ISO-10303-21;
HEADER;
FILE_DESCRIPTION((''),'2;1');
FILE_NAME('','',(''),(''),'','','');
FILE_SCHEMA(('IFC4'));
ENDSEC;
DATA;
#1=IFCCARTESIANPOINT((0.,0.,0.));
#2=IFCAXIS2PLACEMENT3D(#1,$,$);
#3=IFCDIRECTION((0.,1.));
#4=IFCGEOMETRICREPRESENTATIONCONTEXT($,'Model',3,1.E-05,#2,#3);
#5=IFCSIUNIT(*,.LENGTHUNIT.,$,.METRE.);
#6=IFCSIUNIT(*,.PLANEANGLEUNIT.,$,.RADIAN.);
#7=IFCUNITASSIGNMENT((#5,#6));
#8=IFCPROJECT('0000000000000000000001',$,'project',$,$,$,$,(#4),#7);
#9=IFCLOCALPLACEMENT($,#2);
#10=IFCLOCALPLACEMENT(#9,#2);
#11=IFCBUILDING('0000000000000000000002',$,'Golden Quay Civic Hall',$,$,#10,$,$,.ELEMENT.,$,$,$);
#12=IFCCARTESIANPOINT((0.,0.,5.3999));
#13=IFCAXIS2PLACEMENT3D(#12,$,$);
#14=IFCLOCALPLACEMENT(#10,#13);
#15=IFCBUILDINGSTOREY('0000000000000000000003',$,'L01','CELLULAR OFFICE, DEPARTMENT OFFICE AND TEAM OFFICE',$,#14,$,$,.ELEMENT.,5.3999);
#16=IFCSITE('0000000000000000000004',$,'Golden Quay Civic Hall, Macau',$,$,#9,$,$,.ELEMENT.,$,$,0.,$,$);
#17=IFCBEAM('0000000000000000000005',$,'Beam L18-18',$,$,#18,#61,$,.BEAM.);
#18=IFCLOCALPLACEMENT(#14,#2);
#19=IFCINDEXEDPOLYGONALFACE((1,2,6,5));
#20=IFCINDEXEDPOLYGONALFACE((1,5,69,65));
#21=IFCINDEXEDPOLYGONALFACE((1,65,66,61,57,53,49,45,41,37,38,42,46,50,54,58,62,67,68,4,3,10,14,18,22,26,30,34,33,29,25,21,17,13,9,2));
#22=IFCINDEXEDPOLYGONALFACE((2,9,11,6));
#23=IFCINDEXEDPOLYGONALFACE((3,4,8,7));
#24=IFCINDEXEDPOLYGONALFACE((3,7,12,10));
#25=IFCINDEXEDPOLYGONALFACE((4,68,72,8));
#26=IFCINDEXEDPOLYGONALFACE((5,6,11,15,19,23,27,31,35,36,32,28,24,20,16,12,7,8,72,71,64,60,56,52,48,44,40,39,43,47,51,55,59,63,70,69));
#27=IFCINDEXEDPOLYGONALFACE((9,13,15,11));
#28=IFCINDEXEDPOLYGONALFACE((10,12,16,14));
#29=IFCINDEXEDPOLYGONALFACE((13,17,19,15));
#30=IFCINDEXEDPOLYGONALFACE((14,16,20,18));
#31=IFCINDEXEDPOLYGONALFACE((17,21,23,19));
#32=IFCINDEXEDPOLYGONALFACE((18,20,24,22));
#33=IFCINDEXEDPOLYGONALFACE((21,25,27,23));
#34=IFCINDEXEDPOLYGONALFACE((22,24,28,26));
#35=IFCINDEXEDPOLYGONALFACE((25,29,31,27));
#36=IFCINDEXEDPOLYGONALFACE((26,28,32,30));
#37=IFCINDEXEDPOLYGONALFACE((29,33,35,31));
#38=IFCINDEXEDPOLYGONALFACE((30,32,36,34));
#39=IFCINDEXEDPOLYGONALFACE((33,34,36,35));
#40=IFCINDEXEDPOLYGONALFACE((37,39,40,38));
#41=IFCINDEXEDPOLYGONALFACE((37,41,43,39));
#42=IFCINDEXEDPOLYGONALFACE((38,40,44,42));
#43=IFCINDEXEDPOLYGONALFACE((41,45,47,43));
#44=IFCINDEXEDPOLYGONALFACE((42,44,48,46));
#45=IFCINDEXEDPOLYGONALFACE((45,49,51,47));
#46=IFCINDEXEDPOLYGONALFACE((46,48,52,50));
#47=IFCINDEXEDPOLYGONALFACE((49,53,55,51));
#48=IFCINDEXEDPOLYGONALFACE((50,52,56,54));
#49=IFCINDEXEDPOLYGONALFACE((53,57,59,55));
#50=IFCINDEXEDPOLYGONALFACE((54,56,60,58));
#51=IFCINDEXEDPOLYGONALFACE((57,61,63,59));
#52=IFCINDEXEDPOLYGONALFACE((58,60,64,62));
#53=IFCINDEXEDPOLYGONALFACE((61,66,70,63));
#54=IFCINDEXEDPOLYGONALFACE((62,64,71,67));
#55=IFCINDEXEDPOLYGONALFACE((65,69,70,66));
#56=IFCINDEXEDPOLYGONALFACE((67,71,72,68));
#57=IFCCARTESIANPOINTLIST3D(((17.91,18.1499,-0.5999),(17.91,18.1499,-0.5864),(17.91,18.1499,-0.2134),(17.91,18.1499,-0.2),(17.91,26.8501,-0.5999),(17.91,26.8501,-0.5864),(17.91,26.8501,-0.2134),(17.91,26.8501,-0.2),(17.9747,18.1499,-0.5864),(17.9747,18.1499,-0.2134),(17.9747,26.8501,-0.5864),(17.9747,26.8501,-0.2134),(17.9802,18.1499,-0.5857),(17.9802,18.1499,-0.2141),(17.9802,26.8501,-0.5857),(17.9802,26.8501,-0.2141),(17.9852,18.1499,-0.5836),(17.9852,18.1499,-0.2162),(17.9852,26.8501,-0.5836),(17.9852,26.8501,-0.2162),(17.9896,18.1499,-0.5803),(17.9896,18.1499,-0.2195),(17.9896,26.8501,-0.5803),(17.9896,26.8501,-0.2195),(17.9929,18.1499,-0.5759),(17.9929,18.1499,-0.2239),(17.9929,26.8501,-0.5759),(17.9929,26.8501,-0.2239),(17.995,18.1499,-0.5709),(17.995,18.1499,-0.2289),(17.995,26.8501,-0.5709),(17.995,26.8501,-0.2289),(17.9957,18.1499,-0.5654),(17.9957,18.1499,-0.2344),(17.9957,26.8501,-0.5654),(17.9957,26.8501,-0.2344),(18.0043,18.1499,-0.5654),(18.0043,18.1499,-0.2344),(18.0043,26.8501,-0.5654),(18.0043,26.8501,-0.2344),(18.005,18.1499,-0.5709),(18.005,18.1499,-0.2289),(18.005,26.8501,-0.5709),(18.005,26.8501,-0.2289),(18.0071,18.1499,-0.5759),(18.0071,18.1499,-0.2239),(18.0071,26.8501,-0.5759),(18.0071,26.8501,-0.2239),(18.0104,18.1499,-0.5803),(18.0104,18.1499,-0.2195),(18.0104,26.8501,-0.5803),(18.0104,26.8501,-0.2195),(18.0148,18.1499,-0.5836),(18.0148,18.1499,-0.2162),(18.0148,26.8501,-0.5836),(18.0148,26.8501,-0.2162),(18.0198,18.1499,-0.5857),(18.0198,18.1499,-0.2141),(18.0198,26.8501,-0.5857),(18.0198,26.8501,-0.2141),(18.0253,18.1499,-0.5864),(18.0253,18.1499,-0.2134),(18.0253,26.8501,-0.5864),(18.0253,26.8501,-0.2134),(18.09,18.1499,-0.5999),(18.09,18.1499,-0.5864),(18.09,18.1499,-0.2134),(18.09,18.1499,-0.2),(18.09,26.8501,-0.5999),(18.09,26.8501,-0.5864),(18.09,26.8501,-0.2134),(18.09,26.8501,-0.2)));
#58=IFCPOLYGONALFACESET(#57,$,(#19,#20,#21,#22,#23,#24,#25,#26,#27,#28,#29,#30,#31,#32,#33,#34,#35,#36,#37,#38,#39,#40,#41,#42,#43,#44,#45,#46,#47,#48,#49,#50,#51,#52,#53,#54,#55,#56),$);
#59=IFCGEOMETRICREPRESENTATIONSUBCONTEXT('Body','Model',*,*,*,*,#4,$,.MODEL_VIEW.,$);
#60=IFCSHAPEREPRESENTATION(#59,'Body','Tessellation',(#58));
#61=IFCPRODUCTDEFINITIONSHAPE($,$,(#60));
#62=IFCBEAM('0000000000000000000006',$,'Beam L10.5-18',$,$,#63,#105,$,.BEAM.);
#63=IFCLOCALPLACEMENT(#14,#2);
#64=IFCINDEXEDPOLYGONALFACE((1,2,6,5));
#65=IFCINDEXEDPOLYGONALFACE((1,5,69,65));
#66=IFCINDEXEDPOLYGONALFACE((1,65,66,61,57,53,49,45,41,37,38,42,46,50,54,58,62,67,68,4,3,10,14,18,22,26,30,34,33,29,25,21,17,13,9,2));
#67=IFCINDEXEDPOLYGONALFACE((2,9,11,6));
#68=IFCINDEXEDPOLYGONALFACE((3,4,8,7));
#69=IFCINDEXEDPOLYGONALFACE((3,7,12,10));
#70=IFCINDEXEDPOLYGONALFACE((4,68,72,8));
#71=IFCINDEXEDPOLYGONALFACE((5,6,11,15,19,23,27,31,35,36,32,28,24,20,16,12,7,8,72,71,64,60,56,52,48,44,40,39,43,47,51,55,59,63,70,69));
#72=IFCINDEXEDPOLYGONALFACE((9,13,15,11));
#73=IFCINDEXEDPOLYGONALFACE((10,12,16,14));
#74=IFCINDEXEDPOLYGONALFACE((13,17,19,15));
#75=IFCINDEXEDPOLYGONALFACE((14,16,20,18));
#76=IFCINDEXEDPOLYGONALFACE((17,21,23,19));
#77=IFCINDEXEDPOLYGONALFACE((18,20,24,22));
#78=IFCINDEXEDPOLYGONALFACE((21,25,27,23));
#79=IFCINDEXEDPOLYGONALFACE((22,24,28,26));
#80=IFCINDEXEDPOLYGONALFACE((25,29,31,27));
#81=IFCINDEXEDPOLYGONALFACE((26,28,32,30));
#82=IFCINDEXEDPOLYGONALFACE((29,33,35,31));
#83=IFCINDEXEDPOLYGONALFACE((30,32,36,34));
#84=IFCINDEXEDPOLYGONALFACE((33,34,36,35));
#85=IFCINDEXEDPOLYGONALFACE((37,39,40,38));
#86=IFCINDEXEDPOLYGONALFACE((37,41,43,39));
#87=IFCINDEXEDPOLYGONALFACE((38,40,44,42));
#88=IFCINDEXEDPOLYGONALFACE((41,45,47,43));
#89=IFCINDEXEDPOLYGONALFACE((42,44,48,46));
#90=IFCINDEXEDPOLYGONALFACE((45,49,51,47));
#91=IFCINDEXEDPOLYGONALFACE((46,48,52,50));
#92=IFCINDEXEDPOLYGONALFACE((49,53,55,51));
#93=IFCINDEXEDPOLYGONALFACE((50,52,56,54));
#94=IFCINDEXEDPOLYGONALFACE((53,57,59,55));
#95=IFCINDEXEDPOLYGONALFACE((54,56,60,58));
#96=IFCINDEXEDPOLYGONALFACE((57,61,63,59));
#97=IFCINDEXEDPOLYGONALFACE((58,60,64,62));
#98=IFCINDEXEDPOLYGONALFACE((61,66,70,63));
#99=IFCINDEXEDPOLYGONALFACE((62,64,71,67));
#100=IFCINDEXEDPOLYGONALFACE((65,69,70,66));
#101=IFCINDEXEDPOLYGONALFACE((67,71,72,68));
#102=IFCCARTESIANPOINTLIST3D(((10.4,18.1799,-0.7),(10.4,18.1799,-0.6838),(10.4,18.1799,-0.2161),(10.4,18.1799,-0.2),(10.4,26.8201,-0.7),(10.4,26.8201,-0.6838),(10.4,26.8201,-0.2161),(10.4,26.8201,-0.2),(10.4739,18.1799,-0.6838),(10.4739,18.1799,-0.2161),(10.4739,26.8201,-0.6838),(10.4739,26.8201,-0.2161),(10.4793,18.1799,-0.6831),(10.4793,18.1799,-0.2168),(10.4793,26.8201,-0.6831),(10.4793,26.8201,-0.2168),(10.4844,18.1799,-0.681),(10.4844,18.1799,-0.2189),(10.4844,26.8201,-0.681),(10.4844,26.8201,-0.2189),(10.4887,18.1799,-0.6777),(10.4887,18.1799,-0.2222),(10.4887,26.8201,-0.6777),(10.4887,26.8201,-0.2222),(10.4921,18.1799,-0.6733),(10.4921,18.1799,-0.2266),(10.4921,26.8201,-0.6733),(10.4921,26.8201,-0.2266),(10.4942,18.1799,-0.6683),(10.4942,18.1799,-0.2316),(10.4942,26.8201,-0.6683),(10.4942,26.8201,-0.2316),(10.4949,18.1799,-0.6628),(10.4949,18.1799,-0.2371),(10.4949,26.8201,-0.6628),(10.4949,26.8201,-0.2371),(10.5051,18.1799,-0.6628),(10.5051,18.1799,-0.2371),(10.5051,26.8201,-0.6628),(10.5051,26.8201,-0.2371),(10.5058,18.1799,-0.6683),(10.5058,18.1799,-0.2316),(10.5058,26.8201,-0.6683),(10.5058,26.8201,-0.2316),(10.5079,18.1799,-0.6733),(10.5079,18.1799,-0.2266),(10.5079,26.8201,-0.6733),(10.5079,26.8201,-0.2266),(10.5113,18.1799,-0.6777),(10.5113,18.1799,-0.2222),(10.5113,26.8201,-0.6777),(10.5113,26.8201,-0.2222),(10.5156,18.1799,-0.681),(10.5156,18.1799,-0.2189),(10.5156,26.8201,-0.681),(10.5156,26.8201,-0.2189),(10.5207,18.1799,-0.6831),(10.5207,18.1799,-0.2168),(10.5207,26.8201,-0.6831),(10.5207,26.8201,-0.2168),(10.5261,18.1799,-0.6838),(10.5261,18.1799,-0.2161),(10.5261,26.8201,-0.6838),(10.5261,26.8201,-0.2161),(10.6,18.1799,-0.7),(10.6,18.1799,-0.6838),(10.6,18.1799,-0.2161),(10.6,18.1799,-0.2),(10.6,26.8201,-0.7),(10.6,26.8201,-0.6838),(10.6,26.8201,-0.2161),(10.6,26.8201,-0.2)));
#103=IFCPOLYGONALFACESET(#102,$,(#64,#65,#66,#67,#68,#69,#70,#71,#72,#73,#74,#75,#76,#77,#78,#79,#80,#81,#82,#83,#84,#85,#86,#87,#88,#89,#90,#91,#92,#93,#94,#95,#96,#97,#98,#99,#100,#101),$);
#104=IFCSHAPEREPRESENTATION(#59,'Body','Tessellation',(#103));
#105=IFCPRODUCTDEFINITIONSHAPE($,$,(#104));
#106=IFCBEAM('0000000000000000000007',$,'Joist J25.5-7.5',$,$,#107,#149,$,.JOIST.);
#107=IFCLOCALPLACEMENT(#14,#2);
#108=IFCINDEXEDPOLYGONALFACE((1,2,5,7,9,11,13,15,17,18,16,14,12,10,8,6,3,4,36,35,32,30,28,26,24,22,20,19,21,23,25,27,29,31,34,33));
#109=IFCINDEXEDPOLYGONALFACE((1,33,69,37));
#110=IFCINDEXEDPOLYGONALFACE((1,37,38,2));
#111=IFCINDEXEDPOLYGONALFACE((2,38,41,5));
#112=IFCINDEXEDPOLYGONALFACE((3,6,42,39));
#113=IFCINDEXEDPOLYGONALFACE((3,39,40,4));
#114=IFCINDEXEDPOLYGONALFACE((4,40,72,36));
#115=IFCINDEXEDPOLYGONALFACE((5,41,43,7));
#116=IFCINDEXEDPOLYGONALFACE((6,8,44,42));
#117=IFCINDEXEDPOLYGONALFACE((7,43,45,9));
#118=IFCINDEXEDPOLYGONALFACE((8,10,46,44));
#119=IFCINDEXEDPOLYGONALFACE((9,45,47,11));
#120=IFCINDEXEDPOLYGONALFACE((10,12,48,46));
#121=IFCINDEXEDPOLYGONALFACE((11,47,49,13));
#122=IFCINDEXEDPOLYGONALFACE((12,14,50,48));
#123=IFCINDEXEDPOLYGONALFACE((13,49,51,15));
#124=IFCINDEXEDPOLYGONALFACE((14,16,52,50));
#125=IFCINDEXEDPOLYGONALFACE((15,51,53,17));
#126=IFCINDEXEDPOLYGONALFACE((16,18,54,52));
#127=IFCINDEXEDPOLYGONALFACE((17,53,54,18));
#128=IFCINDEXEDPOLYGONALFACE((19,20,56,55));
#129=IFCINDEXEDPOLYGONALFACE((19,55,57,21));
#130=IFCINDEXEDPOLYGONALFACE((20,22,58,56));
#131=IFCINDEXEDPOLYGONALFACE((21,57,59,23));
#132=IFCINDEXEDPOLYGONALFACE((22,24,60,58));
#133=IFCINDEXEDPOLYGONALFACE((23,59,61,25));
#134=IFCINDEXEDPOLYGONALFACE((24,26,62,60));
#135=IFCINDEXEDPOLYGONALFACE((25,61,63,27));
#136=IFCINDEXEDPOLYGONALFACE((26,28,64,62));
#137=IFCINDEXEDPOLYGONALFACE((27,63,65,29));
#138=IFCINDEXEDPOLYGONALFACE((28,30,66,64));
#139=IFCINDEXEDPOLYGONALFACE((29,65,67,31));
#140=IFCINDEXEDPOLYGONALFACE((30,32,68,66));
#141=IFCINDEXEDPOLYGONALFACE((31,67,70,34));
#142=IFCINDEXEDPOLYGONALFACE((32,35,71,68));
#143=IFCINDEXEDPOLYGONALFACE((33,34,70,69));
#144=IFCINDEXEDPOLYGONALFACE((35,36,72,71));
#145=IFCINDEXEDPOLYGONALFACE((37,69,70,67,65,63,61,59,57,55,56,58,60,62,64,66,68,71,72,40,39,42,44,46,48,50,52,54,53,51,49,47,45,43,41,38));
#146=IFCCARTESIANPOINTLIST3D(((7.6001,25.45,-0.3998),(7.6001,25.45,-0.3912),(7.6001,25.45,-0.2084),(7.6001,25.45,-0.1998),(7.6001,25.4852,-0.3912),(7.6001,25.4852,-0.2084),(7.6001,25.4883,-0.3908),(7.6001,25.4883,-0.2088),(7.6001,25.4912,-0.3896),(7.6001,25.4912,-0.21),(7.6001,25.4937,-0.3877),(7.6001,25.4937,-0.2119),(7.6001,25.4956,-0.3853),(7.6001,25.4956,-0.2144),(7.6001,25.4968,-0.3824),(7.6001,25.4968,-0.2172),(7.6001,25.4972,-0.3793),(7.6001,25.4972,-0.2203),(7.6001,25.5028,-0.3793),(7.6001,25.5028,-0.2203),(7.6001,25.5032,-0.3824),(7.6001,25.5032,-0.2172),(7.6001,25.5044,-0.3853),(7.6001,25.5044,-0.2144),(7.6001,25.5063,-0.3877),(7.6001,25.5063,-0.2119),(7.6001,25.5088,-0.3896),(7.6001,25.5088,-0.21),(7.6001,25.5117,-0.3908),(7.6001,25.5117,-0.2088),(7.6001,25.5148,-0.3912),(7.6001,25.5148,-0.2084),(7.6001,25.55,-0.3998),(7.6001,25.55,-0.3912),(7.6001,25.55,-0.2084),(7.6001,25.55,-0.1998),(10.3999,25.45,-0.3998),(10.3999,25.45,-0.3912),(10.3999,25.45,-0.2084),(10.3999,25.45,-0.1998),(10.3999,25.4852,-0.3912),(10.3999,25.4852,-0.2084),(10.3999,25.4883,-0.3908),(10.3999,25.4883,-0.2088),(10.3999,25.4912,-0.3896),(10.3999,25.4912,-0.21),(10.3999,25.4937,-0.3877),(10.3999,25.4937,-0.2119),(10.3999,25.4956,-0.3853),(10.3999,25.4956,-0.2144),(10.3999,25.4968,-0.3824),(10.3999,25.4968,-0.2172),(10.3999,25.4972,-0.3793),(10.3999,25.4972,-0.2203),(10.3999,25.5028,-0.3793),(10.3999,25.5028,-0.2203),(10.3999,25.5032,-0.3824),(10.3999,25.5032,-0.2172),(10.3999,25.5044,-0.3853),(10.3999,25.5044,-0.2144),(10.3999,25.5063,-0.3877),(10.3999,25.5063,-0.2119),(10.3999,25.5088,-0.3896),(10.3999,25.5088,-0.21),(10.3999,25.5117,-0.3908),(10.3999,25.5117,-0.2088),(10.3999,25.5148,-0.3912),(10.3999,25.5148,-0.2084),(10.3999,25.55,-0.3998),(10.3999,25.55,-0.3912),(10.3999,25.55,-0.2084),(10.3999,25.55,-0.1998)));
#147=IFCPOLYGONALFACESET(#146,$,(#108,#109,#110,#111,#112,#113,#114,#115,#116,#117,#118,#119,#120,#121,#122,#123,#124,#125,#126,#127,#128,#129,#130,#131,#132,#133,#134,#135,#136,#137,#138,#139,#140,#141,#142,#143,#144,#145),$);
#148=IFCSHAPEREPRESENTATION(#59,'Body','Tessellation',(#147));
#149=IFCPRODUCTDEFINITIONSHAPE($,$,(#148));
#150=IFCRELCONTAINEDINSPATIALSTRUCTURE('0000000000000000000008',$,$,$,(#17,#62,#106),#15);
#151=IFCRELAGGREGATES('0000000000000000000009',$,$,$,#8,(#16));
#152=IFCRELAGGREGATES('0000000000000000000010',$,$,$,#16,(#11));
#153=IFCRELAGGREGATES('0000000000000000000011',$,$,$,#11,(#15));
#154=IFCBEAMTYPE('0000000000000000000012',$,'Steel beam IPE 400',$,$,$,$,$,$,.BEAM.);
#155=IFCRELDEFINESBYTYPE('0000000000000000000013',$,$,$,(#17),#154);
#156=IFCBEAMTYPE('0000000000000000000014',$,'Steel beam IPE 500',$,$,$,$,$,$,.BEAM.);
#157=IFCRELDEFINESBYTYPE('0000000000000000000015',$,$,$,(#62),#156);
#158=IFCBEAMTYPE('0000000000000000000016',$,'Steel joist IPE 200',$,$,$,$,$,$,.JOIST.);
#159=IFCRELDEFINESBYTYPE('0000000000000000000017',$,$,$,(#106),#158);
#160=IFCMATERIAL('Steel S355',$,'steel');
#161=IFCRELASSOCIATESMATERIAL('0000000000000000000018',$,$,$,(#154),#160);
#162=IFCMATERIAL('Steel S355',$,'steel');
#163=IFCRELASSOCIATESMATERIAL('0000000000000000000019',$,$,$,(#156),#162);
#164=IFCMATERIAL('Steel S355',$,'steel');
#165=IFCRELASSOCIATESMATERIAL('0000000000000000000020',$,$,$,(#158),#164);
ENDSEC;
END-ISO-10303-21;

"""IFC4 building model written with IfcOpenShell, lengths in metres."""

from ifc_helpers import new_model, si_unit, direction, frame, origin, origin_2d, place, context, subcontext, project, spatial, i_section, extrude, material, material_profile, profile_set, type_object, element, save


model = new_model("IFC4")

# Units and contexts
model_context = context("Model", 3, precision=1e-05, world=origin(), true_north=direction((0.0, 1.0)))
body_context = subcontext(model_context, "Body", "Model", "MODEL_VIEW")
ifc_project = project(units=[si_unit("LENGTHUNIT", "METRE"), si_unit("PLANEANGLEUNIT", "RADIAN")], contexts=[model_context])

# Site, building, storey
site_placement = place(None, origin())
site = spatial("IfcSite", under=ifc_project, at=site_placement, Name="Golden Quay Civic Hall, Macau", CompositionType="ELEMENT", RefElevation=0.0)
building_placement = place(site_placement, origin())
building = spatial("IfcBuilding", under=site, at=building_placement, Name="Golden Quay Civic Hall", CompositionType="ELEMENT")
storey_placement = place(building_placement, frame((0.0, 0.0, 5.3999)))
storey = spatial("IfcBuildingStorey", under=building, at=storey_placement, Name="L01", Description="CELLULAR OFFICE, DEPARTMENT OFFICE AND TEAM OFFICE", CompositionType="ELEMENT", Elevation=5.3999)

# Beams
ifc_material_1 = material(Name="Steel S355", Category="steel")
ifc_material_profile_1 = material_profile(ifc_material_1, i_section(OverallWidth=0.1799, OverallDepth=0.3999, WebThickness=0.0085, FlangeThickness=0.0134, FilletRadius=0.021, at=origin_2d()), Name="IPE 400")
ifc_profile_set_1 = profile_set([ifc_material_profile_1], Name="Steel S355")
beam_type_1 = type_object("IfcBeamType", Name="Steel beam IPE 400", PredefinedType="BEAM", material=ifc_profile_set_1)
beam_1_placement = place(storey_placement, frame((18.0, 18.1499, -0.3999), z_axis=(0.0, 1.0, 0.0), x_axis=(-1.0, 0.0, 0.0)))
element("IfcBeam", 1, at=beam_1_placement, inside=storey, type_object=beam_type_1, Name="Beam L18-18", PredefinedType="BEAM", context=body_context, shape_type="SweptSolid", body=[
    extrude(i_section(OverallWidth=0.1799, OverallDepth=0.3999, WebThickness=0.0085, FlangeThickness=0.0134, FilletRadius=0.021, at=origin_2d()), origin(), (0.0, 0.0, 1.0), 8.7002),
])
ifc_material_2 = material(Name="Steel S355", Category="steel")
ifc_material_profile_2 = material_profile(ifc_material_2, i_section(OverallWidth=0.2, OverallDepth=0.5, WebThickness=0.0103, FlangeThickness=0.0161, FilletRadius=0.021, at=origin_2d()), Name="IPE 500")
ifc_profile_set_2 = profile_set([ifc_material_profile_2], Name="Steel S355")
beam_type_2 = type_object("IfcBeamType", Name="Steel beam IPE 500", PredefinedType="BEAM", material=ifc_profile_set_2)
beam_2_placement = place(storey_placement, frame((10.5, 18.1799, -0.45), z_axis=(0.0, 1.0, 0.0), x_axis=(-1.0, 0.0, 0.0)))
element("IfcBeam", 2, at=beam_2_placement, inside=storey, type_object=beam_type_2, Name="Beam L10.5-18", PredefinedType="BEAM", context=body_context, shape_type="SweptSolid", body=[
    extrude(i_section(OverallWidth=0.2, OverallDepth=0.5, WebThickness=0.0103, FlangeThickness=0.0161, FilletRadius=0.021, at=origin_2d()), origin(), (0.0, 0.0, 1.0), 8.6401),
])
ifc_material_3 = material(Name="Steel S355", Category="steel")
ifc_material_profile_3 = material_profile(ifc_material_3, i_section(OverallWidth=0.1001, OverallDepth=0.2, WebThickness=0.0056, FlangeThickness=0.0085, FilletRadius=0.012, at=origin_2d()), Name="IPE 200")
ifc_profile_set_3 = profile_set([ifc_material_profile_3], Name="Steel S355")
beam_type_3 = type_object("IfcBeamType", Name="Steel joist IPE 200", PredefinedType="JOIST", material=ifc_profile_set_3)
beam_3_placement = place(storey_placement, frame((7.6001, 25.5, -0.2998), z_axis=(1.0, 0.0, 0.0), x_axis=(0.0, 1.0, 0.0)))
element("IfcBeam", 3, at=beam_3_placement, inside=storey, type_object=beam_type_3, Name="Joist J25.5-7.5", PredefinedType="JOIST", context=body_context, shape_type="SweptSolid", body=[
    extrude(i_section(OverallWidth=0.1001, OverallDepth=0.2, WebThickness=0.0056, FlangeThickness=0.0085, FilletRadius=0.012, at=origin_2d()), origin(), (0.0, 0.0, 1.0), 2.7998),
])

save(model, "model.ifc")
